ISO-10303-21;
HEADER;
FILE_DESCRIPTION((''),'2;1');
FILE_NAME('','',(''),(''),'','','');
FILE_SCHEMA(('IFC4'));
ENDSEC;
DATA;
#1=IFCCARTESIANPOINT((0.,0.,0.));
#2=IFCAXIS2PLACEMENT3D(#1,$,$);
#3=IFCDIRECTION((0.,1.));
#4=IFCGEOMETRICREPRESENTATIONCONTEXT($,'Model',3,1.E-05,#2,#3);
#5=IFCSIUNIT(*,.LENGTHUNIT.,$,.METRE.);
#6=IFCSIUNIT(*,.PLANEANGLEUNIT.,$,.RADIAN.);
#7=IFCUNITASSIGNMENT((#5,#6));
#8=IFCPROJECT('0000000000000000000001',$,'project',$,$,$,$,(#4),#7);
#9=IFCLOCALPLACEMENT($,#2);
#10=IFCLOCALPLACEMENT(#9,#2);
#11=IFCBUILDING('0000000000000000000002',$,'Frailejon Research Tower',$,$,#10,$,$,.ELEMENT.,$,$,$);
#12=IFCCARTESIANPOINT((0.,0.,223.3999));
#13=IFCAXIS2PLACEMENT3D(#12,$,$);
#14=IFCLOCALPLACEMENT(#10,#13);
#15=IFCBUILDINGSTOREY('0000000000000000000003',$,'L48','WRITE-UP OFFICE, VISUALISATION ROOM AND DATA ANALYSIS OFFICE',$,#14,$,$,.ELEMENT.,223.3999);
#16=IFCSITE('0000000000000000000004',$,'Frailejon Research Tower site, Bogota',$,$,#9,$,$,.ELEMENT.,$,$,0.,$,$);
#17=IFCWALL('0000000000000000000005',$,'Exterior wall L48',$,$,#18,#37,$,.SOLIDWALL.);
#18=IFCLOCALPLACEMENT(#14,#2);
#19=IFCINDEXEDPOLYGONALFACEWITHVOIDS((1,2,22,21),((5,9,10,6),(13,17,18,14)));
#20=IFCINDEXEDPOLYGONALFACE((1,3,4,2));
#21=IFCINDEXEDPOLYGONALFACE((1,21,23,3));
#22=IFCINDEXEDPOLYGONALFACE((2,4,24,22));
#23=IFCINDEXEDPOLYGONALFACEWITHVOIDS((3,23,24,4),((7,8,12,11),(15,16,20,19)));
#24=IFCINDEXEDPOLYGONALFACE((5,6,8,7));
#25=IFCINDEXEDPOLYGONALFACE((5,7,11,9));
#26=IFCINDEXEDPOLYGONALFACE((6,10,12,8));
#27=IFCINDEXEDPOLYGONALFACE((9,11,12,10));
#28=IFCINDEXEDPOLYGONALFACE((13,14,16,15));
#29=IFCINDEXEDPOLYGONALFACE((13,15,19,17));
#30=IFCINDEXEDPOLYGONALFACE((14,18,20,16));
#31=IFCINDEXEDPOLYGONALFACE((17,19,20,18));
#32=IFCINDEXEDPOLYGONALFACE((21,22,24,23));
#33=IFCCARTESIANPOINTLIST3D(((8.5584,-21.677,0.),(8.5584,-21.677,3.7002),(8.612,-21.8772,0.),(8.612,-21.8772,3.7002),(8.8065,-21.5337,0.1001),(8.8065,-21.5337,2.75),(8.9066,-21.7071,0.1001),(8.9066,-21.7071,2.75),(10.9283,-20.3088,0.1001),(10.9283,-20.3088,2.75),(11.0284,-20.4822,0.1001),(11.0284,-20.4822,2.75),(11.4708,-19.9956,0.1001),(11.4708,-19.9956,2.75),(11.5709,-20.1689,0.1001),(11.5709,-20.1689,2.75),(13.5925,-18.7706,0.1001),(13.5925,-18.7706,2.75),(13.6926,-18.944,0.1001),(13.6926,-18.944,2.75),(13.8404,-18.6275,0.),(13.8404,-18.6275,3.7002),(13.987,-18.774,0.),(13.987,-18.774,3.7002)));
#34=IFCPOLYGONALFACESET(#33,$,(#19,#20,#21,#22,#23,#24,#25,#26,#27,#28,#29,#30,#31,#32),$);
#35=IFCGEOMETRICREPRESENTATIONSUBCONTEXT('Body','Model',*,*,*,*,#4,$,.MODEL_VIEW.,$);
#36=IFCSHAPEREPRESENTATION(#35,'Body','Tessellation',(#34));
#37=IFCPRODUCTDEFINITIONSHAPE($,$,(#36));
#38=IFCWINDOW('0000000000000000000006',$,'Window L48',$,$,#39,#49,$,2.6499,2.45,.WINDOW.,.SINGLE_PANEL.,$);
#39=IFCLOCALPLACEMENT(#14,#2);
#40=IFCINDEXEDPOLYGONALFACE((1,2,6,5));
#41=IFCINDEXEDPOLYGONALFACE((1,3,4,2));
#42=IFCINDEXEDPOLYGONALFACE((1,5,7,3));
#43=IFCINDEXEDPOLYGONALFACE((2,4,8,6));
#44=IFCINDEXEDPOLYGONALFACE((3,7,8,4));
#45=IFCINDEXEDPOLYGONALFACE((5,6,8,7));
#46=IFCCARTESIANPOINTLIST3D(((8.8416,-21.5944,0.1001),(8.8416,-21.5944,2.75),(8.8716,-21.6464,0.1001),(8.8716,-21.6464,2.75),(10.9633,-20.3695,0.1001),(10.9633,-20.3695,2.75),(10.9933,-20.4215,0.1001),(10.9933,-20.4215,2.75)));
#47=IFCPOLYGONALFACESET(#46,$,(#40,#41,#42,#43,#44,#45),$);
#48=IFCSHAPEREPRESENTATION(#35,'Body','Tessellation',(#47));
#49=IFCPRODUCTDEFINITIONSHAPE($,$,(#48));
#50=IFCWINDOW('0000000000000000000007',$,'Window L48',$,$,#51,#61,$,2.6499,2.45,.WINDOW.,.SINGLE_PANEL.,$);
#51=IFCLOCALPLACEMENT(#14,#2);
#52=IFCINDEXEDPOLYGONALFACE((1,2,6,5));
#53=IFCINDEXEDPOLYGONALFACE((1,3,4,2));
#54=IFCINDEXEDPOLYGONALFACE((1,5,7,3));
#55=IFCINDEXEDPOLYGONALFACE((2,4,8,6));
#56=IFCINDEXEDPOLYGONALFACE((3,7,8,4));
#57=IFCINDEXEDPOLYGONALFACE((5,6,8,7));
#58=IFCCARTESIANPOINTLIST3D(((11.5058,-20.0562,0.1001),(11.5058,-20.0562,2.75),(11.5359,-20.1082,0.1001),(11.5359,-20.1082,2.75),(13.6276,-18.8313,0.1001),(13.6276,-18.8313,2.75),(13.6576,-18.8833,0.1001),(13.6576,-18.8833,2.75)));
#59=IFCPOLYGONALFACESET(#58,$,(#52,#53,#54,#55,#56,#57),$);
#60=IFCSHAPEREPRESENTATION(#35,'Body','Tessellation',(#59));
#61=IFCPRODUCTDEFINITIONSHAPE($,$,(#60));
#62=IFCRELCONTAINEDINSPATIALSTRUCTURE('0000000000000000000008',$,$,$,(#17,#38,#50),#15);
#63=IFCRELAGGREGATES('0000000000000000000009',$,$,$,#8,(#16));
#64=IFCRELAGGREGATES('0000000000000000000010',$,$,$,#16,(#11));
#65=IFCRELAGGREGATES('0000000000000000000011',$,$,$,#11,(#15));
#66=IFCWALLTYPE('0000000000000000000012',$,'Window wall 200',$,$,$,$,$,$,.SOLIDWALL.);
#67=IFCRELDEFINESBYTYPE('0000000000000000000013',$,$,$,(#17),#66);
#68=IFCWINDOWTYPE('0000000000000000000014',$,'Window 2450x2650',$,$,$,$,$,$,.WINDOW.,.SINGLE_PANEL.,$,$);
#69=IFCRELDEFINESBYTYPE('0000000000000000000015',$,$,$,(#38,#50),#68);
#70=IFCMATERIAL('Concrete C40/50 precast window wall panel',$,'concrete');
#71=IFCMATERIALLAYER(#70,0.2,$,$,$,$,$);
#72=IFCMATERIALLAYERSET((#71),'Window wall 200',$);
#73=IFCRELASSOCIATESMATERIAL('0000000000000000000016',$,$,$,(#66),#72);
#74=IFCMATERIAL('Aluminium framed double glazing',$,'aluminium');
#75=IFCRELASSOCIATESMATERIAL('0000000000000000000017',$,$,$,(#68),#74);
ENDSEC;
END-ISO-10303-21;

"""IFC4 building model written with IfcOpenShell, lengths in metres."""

from ifc_helpers import new_model, si_unit, direction, frame, frame_2d, origin, place, context, subcontext, project, spatial, polyline, rectangle, outline, extrude, material, layer, layer_set, type_object, element, fill, save


model = new_model("IFC4")

# Units and contexts
model_context = context("Model", 3, precision=1e-05, world=origin(), true_north=direction((0.0, 1.0)))
body_context = subcontext(model_context, "Body", "Model", "MODEL_VIEW")
ifc_project = project(units=[si_unit("LENGTHUNIT", "METRE"), si_unit("PLANEANGLEUNIT", "RADIAN")], contexts=[model_context])

# Site, building, storey
site_placement = place(None, origin())
site = spatial("IfcSite", under=ifc_project, at=site_placement, Name="Frailejon Research Tower site, Bogota", CompositionType="ELEMENT", RefElevation=0.0)
building_placement = place(site_placement, origin())
building = spatial("IfcBuilding", under=site, at=building_placement, Name="Frailejon Research Tower", CompositionType="ELEMENT")
storey_placement = place(building_placement, frame((0.0, 0.0, 223.3999)))
storey = spatial("IfcBuildingStorey", under=building, at=storey_placement, Name="L48", Description="WRITE-UP OFFICE, VISUALISATION ROOM AND DATA ANALYSIS OFFICE", CompositionType="ELEMENT", Elevation=223.3999)

# Wall, openings, windows
ifc_material_1 = material(Name="Concrete C40/50 precast window wall panel", Category="concrete")
ifc_layer_1 = layer(ifc_material_1, 0.2)
ifc_layer_set_1 = layer_set([ifc_layer_1], Name="Window wall 200")
wall_type_1 = type_object("IfcWallType", Name="Window wall 200", PredefinedType="SOLIDWALL", material=ifc_layer_set_1)
wall_1_placement = place(storey_placement, frame((8.5852, -21.7771, 0.0), z_axis=(0.0, 0.0, 1.0), x_axis=(0.86603, 0.499993, 0.0)))
wall_1 = element("IfcWall", 1, at=wall_1_placement, inside=storey, type_object=wall_type_1, Name="Exterior wall L48", PredefinedType="SOLIDWALL", context=body_context, shape_type="SweptSolid", body=[
    extrude(outline(polyline([(-0.0269, -0.1001), (1.0076, -0.1001), (2.042, -0.1001), (3.0764, -0.1001), (4.1108, -0.1001), (5.1453, -0.1001), (6.1797, -0.1001), (6.126, 0.1001), (5.1094, 0.1001), (4.093, 0.1001), (3.0764, 0.1001), (2.0598, 0.1001), (1.0435, 0.1001), (0.0269, 0.1001), (-0.0269, -0.1001)])), origin(), (0.0, 0.0, 1.0), 3.7002),
])
opening_1_placement = place(wall_1_placement, frame((0.3132, 0.0, 0.1001)))
opening_1 = element("IfcOpeningElement", 2, at=opening_1_placement, cuts=wall_1, PredefinedType="OPENING", context=body_context, shape_type="SweptSolid", body=[
    extrude(rectangle(XDim=2.45, YDim=2.6499, at=frame_2d((1.2251, 1.325))), frame((0.0, 0.1099, 0.0), z_axis=(0.0, -1.0, 0.0), x_axis=(1.0, 0.0, 0.0)), (0.0, 0.0, 1.0), 0.22),
])
opening_2_placement = place(wall_1_placement, frame((3.3896, 0.0, 0.1001)))
opening_2 = element("IfcOpeningElement", 3, at=opening_2_placement, cuts=wall_1, PredefinedType="OPENING", context=body_context, shape_type="SweptSolid", body=[
    extrude(rectangle(XDim=2.45, YDim=2.6499, at=frame_2d((1.2251, 1.325))), frame((0.0, 0.1099, 0.0), z_axis=(0.0, -1.0, 0.0), x_axis=(1.0, 0.0, 0.0)), (0.0, 0.0, 1.0), 0.22),
])
ifc_material_2 = material(Name="Aluminium framed double glazing", Category="aluminium")
window_type_1 = type_object("IfcWindowType", Name="Window 2450x2650", PartitioningType="SINGLE_PANEL", PredefinedType="WINDOW", material=ifc_material_2)
window_1_placement = place(opening_1_placement, origin())
window_1 = element("IfcWindow", 4, at=window_1_placement, inside=storey, type_object=window_type_1, Name="Window L48", OverallHeight=2.6499, OverallWidth=2.45, PartitioningType="SINGLE_PANEL", PredefinedType="WINDOW", context=body_context, shape_type="SweptSolid", body=[
    extrude(rectangle(XDim=2.45, YDim=2.6499, at=frame_2d((1.2251, 1.325))), frame((0.0, 0.03, 0.0), z_axis=(0.0, -1.0, 0.0), x_axis=(1.0, 0.0, 0.0)), (0.0, 0.0, 1.0), 0.0601),
])
fill(opening_1, window_1)
window_2_placement = place(opening_2_placement, origin())
window_2 = element("IfcWindow", 5, at=window_2_placement, inside=storey, type_object=window_type_1, Name="Window L48", OverallHeight=2.6499, OverallWidth=2.45, PartitioningType="SINGLE_PANEL", PredefinedType="WINDOW", context=body_context, shape_type="SweptSolid", body=[
    extrude(rectangle(XDim=2.45, YDim=2.6499, at=frame_2d((1.2251, 1.325))), frame((0.0, 0.03, 0.0), z_axis=(0.0, -1.0, 0.0), x_axis=(1.0, 0.0, 0.0)), (0.0, 0.0, 1.0), 0.0601),
])
fill(opening_2, window_2)

save(model, "model.ifc")
